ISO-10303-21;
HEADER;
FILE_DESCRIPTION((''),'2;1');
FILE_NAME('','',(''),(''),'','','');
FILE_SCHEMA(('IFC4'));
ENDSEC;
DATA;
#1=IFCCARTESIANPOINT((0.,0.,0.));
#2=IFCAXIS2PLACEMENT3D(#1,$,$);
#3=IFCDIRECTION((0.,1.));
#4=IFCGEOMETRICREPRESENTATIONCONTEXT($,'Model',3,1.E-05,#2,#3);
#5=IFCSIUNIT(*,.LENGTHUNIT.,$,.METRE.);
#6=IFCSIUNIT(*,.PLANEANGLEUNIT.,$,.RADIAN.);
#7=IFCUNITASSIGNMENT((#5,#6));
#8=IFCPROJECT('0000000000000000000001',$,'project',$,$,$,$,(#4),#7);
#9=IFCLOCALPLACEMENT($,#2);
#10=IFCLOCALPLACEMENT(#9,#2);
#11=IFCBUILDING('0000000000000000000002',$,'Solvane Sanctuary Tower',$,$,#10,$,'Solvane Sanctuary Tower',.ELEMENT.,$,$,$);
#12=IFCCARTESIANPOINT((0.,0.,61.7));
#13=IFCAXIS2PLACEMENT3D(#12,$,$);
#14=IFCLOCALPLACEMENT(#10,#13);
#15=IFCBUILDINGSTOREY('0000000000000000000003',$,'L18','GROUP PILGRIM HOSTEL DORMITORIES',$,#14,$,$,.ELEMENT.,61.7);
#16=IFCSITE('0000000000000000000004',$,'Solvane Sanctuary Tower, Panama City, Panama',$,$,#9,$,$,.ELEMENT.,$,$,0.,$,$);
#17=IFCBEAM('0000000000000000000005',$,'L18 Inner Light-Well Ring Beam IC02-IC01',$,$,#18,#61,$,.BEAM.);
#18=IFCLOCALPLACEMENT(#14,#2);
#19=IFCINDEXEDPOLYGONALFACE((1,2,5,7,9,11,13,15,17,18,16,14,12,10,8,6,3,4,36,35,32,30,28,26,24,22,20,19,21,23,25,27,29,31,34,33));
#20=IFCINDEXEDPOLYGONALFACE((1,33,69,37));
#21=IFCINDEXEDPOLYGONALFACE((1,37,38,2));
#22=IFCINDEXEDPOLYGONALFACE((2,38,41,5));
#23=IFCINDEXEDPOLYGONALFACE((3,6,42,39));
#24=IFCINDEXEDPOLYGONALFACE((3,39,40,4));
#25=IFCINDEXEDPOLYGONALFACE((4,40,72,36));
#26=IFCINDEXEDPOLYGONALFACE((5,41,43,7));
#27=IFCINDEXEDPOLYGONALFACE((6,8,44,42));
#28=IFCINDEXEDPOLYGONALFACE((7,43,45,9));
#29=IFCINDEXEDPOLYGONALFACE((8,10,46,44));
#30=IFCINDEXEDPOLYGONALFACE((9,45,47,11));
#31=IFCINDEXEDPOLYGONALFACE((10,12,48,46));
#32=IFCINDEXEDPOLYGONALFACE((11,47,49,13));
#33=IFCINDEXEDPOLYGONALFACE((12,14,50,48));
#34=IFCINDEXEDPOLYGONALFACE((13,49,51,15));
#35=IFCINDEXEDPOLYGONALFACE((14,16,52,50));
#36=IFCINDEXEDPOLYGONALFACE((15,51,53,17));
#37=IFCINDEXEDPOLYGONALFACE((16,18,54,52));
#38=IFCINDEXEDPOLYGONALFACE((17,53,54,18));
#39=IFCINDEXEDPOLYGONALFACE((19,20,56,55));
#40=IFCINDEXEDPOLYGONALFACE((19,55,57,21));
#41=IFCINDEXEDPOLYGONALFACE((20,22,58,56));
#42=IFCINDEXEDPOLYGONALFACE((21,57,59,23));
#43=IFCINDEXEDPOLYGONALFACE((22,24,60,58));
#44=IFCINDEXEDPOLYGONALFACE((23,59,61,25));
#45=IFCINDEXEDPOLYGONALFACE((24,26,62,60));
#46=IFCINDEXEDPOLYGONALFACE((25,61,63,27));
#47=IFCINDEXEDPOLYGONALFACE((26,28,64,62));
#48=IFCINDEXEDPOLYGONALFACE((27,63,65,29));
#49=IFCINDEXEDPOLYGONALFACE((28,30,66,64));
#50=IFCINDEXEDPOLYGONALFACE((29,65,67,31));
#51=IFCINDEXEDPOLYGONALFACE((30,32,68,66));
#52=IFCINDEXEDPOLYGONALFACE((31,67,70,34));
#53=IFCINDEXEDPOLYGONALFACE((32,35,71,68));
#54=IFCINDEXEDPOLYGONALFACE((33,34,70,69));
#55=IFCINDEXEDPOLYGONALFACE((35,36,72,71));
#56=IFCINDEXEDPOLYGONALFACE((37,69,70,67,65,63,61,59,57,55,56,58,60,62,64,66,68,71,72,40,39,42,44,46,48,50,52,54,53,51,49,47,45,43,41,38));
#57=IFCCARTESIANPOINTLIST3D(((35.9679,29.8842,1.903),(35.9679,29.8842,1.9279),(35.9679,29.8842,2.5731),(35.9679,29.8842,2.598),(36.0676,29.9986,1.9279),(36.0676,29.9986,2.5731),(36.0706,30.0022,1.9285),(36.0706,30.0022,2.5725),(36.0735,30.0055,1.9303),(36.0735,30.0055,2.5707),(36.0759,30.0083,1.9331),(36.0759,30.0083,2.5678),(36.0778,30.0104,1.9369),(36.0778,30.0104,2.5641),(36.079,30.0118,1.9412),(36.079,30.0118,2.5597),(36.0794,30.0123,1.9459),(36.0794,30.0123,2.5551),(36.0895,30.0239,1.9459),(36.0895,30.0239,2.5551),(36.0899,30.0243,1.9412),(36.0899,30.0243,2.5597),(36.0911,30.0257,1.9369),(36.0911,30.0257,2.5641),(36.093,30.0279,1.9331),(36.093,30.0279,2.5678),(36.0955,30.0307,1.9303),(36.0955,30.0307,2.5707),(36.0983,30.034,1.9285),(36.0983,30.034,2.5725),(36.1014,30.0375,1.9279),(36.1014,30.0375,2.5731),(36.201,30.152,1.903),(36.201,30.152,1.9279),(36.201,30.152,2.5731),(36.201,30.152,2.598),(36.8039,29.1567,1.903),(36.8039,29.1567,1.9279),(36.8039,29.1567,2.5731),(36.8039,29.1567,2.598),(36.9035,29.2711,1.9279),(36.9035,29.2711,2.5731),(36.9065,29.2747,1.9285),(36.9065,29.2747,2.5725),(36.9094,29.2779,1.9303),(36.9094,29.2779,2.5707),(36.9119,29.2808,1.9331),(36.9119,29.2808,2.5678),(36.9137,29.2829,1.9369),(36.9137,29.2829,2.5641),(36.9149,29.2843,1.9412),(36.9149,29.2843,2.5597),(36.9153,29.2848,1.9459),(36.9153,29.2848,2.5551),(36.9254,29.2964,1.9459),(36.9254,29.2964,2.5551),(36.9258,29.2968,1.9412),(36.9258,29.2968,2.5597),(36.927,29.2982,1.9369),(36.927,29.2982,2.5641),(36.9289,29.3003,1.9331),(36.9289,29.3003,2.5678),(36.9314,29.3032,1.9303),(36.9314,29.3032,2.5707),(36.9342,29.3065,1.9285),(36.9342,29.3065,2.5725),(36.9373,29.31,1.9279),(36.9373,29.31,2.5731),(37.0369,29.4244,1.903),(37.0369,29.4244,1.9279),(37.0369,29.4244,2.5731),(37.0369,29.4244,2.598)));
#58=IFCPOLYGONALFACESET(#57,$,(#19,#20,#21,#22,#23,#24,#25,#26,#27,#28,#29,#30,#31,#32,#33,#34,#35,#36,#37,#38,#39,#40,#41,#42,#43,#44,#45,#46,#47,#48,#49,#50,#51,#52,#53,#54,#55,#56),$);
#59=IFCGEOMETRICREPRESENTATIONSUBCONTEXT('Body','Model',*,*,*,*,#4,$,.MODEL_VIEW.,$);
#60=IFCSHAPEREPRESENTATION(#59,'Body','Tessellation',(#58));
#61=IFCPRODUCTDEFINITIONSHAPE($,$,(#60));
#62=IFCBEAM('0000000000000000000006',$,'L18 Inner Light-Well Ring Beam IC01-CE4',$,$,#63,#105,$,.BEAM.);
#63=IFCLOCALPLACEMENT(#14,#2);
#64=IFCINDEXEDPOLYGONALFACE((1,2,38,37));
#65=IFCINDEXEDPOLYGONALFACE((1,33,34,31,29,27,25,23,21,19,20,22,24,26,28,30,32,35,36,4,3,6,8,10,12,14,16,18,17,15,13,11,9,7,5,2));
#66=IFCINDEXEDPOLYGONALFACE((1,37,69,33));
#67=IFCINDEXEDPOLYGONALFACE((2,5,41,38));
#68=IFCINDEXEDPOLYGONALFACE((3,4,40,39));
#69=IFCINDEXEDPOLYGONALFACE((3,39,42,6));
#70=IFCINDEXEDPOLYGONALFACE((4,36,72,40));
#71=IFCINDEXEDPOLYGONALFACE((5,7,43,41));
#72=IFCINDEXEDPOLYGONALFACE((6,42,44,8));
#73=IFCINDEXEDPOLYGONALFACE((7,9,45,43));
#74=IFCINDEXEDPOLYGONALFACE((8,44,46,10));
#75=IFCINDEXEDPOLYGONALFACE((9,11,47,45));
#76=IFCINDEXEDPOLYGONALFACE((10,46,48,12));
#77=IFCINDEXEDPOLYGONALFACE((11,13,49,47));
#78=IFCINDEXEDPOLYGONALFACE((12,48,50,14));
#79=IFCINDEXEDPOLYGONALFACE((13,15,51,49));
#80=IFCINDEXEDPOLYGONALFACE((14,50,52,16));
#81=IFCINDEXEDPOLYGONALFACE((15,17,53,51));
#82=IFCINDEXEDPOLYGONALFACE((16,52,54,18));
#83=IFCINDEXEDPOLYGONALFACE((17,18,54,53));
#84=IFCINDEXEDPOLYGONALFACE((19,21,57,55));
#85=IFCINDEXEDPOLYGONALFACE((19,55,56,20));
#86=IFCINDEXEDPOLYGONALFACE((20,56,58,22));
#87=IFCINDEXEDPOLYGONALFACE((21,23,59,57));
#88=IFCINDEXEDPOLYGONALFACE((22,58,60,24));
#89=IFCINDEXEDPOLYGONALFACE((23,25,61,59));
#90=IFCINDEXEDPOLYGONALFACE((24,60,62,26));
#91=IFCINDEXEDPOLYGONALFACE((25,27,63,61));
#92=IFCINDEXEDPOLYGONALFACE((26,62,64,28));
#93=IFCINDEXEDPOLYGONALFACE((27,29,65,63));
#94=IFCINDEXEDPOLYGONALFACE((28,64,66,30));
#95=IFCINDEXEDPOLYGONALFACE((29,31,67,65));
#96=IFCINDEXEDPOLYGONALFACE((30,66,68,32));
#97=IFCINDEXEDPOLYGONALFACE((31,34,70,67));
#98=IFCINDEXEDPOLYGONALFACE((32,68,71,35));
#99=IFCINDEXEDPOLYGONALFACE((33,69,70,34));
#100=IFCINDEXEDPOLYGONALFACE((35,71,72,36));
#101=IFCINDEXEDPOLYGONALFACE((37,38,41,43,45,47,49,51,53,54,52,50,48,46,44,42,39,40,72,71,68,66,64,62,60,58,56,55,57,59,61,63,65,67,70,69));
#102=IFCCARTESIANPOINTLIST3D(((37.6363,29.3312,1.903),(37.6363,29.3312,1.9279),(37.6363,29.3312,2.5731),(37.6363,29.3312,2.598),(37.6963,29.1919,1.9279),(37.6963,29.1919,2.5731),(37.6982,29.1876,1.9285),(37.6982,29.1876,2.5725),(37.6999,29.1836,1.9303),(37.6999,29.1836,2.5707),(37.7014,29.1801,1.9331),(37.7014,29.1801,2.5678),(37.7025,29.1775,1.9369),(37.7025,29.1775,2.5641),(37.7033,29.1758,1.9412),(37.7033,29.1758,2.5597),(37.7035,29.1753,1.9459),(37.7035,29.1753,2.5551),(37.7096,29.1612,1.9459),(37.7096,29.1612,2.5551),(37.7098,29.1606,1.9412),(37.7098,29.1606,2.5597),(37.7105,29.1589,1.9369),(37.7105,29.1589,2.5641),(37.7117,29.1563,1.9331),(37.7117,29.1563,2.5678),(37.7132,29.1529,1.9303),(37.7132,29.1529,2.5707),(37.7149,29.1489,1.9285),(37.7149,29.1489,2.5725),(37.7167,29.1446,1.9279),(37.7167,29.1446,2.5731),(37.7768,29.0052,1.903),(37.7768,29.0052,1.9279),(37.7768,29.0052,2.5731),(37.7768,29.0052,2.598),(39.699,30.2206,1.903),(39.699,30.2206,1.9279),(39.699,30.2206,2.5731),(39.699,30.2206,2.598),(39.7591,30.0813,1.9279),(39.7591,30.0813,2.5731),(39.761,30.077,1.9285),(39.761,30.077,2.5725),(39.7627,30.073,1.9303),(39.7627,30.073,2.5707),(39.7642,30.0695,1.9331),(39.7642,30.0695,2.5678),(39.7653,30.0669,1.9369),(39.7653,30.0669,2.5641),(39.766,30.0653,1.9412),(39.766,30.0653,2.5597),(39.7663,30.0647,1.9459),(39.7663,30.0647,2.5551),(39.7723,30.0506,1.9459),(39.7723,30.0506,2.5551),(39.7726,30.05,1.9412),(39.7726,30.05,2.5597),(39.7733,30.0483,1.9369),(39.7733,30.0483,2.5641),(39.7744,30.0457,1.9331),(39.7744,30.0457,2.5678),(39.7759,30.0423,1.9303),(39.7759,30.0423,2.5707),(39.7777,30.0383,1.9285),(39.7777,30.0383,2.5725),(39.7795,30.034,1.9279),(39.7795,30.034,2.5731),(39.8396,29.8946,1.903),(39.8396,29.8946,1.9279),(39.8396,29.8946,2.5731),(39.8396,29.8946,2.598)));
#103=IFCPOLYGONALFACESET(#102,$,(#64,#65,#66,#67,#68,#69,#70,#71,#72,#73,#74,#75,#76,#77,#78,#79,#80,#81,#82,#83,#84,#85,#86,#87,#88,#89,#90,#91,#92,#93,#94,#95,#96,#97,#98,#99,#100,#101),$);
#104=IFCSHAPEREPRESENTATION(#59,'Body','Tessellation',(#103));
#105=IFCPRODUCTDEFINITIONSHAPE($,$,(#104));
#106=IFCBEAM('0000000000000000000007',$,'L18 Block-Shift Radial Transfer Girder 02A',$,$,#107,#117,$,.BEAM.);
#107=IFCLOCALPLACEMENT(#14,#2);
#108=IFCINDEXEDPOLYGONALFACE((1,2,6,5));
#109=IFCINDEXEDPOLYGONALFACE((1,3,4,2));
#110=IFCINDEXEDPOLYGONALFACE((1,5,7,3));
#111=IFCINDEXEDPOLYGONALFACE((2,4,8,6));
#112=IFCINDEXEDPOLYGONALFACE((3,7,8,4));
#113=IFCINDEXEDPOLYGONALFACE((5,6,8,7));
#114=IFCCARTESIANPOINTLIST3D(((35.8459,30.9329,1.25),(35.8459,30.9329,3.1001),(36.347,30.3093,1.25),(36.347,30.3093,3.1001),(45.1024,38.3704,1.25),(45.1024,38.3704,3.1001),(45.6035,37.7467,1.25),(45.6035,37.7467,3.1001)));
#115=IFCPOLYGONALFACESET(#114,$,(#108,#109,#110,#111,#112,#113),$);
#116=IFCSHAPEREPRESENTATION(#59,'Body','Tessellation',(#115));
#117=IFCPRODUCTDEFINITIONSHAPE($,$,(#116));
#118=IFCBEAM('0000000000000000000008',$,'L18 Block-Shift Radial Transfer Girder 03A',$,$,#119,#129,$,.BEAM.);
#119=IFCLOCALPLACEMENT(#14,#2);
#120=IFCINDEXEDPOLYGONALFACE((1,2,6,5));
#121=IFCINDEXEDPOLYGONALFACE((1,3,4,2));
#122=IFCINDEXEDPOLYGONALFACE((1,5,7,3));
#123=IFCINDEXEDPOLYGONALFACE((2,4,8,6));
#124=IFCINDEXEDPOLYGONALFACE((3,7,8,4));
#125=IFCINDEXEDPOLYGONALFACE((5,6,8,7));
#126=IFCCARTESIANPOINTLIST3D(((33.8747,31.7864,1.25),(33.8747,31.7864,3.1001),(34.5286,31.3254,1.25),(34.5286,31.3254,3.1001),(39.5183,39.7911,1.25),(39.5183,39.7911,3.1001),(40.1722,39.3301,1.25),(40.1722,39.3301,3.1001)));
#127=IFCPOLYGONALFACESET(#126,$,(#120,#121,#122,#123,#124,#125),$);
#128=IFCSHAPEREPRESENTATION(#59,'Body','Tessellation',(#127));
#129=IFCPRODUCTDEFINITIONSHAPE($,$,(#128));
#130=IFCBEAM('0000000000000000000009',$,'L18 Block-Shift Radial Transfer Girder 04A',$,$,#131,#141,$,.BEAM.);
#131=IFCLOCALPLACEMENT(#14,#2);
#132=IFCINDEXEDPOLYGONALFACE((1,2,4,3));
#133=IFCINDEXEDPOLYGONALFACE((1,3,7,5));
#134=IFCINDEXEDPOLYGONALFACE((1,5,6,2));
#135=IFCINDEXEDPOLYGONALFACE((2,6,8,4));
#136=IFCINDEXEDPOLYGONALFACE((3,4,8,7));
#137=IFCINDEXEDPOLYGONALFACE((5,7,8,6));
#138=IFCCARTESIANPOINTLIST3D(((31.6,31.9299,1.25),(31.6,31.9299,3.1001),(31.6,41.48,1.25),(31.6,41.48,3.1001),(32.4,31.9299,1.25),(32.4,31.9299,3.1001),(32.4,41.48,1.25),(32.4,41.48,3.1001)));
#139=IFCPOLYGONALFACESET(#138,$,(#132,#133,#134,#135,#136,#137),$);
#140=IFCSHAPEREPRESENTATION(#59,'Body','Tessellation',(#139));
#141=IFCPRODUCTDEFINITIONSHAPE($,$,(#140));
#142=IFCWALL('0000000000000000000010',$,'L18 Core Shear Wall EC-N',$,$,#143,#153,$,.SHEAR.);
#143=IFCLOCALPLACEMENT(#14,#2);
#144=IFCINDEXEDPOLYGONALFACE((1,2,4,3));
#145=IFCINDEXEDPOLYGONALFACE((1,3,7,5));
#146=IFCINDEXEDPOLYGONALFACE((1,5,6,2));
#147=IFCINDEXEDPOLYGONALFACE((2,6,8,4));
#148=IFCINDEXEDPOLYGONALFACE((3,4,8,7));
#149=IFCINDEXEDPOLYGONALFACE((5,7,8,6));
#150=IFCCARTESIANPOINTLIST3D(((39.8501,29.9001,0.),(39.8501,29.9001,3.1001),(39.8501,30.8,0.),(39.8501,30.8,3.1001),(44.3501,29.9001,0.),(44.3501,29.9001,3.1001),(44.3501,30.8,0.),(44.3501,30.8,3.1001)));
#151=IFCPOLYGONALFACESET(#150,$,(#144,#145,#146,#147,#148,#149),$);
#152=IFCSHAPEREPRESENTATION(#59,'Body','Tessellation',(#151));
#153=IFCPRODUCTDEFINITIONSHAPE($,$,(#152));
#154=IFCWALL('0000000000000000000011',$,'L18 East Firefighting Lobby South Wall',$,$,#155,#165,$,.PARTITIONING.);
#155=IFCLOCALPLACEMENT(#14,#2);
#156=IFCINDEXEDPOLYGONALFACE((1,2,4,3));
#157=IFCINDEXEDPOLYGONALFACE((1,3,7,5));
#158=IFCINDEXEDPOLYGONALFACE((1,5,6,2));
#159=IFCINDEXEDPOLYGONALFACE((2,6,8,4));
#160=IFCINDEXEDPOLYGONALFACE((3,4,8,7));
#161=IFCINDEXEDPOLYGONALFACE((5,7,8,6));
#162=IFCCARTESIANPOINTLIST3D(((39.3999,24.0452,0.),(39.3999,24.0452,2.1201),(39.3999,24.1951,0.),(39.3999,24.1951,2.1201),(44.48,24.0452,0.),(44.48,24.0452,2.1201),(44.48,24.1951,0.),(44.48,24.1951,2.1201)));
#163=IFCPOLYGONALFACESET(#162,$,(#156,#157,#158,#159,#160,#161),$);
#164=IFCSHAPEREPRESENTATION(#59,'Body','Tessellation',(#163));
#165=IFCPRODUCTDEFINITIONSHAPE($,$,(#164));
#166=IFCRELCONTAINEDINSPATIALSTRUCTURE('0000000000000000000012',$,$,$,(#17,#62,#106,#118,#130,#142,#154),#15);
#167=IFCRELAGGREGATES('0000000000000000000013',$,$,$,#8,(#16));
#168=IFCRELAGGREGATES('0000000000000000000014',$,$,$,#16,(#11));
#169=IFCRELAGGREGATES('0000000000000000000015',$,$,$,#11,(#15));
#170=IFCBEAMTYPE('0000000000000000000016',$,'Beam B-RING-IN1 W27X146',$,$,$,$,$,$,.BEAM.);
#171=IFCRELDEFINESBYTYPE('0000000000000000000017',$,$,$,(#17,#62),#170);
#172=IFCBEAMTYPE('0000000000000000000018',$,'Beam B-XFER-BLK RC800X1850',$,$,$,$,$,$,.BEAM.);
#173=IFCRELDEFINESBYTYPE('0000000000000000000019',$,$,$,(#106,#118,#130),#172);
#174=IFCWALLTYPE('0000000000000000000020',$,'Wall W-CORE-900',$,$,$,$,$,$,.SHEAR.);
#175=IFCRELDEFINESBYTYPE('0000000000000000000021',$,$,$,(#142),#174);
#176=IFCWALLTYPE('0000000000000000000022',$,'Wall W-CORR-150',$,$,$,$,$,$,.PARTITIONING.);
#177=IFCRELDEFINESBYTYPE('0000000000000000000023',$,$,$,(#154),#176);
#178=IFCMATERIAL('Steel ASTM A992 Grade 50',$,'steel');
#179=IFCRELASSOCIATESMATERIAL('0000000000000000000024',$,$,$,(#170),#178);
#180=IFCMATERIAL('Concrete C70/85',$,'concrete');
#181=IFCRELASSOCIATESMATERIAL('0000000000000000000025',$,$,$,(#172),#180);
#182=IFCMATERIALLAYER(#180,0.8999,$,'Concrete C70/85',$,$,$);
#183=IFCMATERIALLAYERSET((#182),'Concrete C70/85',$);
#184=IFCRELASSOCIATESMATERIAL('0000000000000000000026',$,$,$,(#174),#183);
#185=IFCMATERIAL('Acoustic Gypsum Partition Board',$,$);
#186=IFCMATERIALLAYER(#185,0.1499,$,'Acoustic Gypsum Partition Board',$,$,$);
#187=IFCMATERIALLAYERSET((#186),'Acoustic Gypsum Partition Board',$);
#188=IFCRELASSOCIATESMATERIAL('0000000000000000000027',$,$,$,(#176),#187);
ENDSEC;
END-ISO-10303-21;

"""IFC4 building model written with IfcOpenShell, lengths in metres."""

from ifc_helpers import new_model, si_unit, direction, frame, frame_2d, origin, origin_2d, place, context, subcontext, project, spatial, rectangle, i_section, extrude, material, layer, layer_set, material_profile, profile_set, type_object, element, save


model = new_model("IFC4")

# Units and contexts
model_context = context("Model", 3, precision=1e-05, world=origin(), true_north=direction((0.0, 1.0)))
body_context = subcontext(model_context, "Body", "Model", "MODEL_VIEW")
ifc_project = project(units=[si_unit("LENGTHUNIT", "METRE"), si_unit("PLANEANGLEUNIT", "RADIAN")], contexts=[model_context])

# Site, building, storey
site_placement = place(None, origin())
site = spatial("IfcSite", under=ifc_project, at=site_placement, Name="Solvane Sanctuary Tower, Panama City, Panama", CompositionType="ELEMENT", RefElevation=0.0)
building_placement = place(site_placement, origin())
building = spatial("IfcBuilding", under=site, at=building_placement, Name="Solvane Sanctuary Tower", LongName="Solvane Sanctuary Tower", CompositionType="ELEMENT")
storey_placement = place(building_placement, frame((0.0, 0.0, 61.7)))
storey = spatial("IfcBuildingStorey", under=building, at=storey_placement, Name="L18", Description="GROUP PILGRIM HOSTEL DORMITORIES", CompositionType="ELEMENT", Elevation=61.7)

# Shared definitions
ifc_material_1 = material(Name="Concrete C70/85", Category="concrete")

# Beams
ifc_material_2 = material(Name="Steel ASTM A992 Grade 50", Category="steel")
ifc_material_profile_1 = material_profile(ifc_material_2, i_section(OverallWidth=0.355, OverallDepth=0.6951, WebThickness=0.0154, FlangeThickness=0.0249, FilletRadius=0.0181, at=origin_2d()), Name="W27X146")
ifc_profile_set_1 = profile_set([ifc_material_profile_1], Name="Steel ASTM A992 Grade 50")
beam_type_1 = type_object("IfcBeamType", Name="Beam B-RING-IN1 W27X146", PredefinedType="BEAM", material=ifc_profile_set_1)
beam_1_placement = place(storey_placement, frame((36.0845, 30.0181, 2.2505), z_axis=(0.754321, -0.656506, 0.0), x_axis=(0.656506, 0.754321, 0.0)))
element("IfcBeam", 1, at=beam_1_placement, inside=storey, type_object=beam_type_1, Name="L18 Inner Light-Well Ring Beam IC02-IC01", PredefinedType="BEAM", context=body_context, shape_type="SweptSolid", body=[
    extrude(i_section(OverallWidth=0.355, OverallDepth=0.6951, WebThickness=0.0154, FlangeThickness=0.0249, FilletRadius=0.0181, at=origin_2d()), origin(), (0.0, 0.0, 1.0), 1.1082),
])
beam_2_placement = place(storey_placement, frame((37.7065, 29.1682, 2.2505), z_axis=(0.918277, 0.395938, 0.0), x_axis=(-0.395938, 0.918277, 0.0)))
element("IfcBeam", 2, at=beam_2_placement, inside=storey, type_object=beam_type_1, Name="L18 Inner Light-Well Ring Beam IC01-CE4", PredefinedType="BEAM", context=body_context, shape_type="SweptSolid", body=[
    extrude(i_section(OverallWidth=0.355, OverallDepth=0.6951, WebThickness=0.0154, FlangeThickness=0.0249, FilletRadius=0.0181, at=origin_2d()), origin(), (0.0, 0.0, 1.0), 2.2463),
])
ifc_material_profile_2 = material_profile(ifc_material_1, rectangle(XDim=0.8, YDim=1.8501, at=origin_2d()), Name="RC800X1850")
ifc_profile_set_2 = profile_set([ifc_material_profile_2], Name="Concrete C70/85")
beam_type_2 = type_object("IfcBeamType", Name="Beam B-XFER-BLK RC800X1850", PredefinedType="BEAM", material=ifc_profile_set_2)
beam_3_placement = place(storey_placement, frame((36.0964, 30.6211, 2.175), z_axis=(0.779543, 0.626348, 0.0), x_axis=(-0.626348, 0.779543, 0.0)))
element("IfcBeam", 3, at=beam_3_placement, inside=storey, type_object=beam_type_2, Name="L18 Block-Shift Radial Transfer Girder 02A", PredefinedType="BEAM", context=body_context, shape_type="SweptSolid", body=[
    extrude(rectangle(XDim=0.8, YDim=1.8501, at=origin_2d()), origin(), (0.0, 0.0, 1.0), 11.8743),
])
beam_4_placement = place(storey_placement, frame((34.2017, 31.5559, 2.175), z_axis=(0.576221, 0.817294, 0.0), x_axis=(-0.817294, 0.576221, 0.0)))
element("IfcBeam", 4, at=beam_4_placement, inside=storey, type_object=beam_type_2, Name="L18 Block-Shift Radial Transfer Girder 03A", PredefinedType="BEAM", context=body_context, shape_type="SweptSolid", body=[
    extrude(rectangle(XDim=0.8, YDim=1.8501, at=origin_2d()), origin(), (0.0, 0.0, 1.0), 9.7942),
])
beam_5_placement = place(storey_placement, frame((32.0, 31.9299, 2.175), z_axis=(0.0, 1.0, 0.0), x_axis=(-1.0, 0.0, 0.0)))
element("IfcBeam", 5, at=beam_5_placement, inside=storey, type_object=beam_type_2, Name="L18 Block-Shift Radial Transfer Girder 04A", PredefinedType="BEAM", context=body_context, shape_type="SweptSolid", body=[
    extrude(rectangle(XDim=0.8, YDim=1.8501, at=origin_2d()), origin(), (0.0, 0.0, 1.0), 9.55),
])

# Walls
ifc_layer_1 = layer(ifc_material_1, 0.8999, Name="Concrete C70/85")
ifc_layer_set_1 = layer_set([ifc_layer_1], Name="Concrete C70/85")
wall_type_1 = type_object("IfcWallType", Name="Wall W-CORE-900", PredefinedType="SHEAR", material=ifc_layer_set_1)
wall_1_placement = place(storey_placement, frame((39.8501, 30.3501, 0.0), z_axis=(0.0, 0.0, 1.0), x_axis=(1.0, 0.0, 0.0)))
element("IfcWall", 6, at=wall_1_placement, inside=storey, type_object=wall_type_1, Name="L18 Core Shear Wall EC-N", PredefinedType="SHEAR", context=body_context, shape_type="SweptSolid", body=[
    extrude(rectangle(XDim=4.5, YDim=0.8999, at=frame_2d((2.25, 0.0))), origin(), (0.0, 0.0, 1.0), 3.1001),
])
ifc_material_3 = material(Name="Acoustic Gypsum Partition Board")
ifc_layer_2 = layer(ifc_material_3, 0.1499, Name="Acoustic Gypsum Partition Board")
ifc_layer_set_2 = layer_set([ifc_layer_2], Name="Acoustic Gypsum Partition Board")
wall_type_2 = type_object("IfcWallType", Name="Wall W-CORR-150", PredefinedType="PARTITIONING", material=ifc_layer_set_2)
wall_2_placement = place(storey_placement, frame((39.3999, 24.1201, 0.0), z_axis=(0.0, 0.0, 1.0), x_axis=(1.0, 0.0, 0.0)))
element("IfcWall", 7, at=wall_2_placement, inside=storey, type_object=wall_type_2, Name="L18 East Firefighting Lobby South Wall", PredefinedType="PARTITIONING", context=body_context, shape_type="SweptSolid", body=[
    extrude(rectangle(XDim=5.0801, YDim=0.1499, at=frame_2d((2.54, 0.0))), origin(), (0.0, 0.0, 1.0), 2.1201),
])

save(model, "model.ifc")
